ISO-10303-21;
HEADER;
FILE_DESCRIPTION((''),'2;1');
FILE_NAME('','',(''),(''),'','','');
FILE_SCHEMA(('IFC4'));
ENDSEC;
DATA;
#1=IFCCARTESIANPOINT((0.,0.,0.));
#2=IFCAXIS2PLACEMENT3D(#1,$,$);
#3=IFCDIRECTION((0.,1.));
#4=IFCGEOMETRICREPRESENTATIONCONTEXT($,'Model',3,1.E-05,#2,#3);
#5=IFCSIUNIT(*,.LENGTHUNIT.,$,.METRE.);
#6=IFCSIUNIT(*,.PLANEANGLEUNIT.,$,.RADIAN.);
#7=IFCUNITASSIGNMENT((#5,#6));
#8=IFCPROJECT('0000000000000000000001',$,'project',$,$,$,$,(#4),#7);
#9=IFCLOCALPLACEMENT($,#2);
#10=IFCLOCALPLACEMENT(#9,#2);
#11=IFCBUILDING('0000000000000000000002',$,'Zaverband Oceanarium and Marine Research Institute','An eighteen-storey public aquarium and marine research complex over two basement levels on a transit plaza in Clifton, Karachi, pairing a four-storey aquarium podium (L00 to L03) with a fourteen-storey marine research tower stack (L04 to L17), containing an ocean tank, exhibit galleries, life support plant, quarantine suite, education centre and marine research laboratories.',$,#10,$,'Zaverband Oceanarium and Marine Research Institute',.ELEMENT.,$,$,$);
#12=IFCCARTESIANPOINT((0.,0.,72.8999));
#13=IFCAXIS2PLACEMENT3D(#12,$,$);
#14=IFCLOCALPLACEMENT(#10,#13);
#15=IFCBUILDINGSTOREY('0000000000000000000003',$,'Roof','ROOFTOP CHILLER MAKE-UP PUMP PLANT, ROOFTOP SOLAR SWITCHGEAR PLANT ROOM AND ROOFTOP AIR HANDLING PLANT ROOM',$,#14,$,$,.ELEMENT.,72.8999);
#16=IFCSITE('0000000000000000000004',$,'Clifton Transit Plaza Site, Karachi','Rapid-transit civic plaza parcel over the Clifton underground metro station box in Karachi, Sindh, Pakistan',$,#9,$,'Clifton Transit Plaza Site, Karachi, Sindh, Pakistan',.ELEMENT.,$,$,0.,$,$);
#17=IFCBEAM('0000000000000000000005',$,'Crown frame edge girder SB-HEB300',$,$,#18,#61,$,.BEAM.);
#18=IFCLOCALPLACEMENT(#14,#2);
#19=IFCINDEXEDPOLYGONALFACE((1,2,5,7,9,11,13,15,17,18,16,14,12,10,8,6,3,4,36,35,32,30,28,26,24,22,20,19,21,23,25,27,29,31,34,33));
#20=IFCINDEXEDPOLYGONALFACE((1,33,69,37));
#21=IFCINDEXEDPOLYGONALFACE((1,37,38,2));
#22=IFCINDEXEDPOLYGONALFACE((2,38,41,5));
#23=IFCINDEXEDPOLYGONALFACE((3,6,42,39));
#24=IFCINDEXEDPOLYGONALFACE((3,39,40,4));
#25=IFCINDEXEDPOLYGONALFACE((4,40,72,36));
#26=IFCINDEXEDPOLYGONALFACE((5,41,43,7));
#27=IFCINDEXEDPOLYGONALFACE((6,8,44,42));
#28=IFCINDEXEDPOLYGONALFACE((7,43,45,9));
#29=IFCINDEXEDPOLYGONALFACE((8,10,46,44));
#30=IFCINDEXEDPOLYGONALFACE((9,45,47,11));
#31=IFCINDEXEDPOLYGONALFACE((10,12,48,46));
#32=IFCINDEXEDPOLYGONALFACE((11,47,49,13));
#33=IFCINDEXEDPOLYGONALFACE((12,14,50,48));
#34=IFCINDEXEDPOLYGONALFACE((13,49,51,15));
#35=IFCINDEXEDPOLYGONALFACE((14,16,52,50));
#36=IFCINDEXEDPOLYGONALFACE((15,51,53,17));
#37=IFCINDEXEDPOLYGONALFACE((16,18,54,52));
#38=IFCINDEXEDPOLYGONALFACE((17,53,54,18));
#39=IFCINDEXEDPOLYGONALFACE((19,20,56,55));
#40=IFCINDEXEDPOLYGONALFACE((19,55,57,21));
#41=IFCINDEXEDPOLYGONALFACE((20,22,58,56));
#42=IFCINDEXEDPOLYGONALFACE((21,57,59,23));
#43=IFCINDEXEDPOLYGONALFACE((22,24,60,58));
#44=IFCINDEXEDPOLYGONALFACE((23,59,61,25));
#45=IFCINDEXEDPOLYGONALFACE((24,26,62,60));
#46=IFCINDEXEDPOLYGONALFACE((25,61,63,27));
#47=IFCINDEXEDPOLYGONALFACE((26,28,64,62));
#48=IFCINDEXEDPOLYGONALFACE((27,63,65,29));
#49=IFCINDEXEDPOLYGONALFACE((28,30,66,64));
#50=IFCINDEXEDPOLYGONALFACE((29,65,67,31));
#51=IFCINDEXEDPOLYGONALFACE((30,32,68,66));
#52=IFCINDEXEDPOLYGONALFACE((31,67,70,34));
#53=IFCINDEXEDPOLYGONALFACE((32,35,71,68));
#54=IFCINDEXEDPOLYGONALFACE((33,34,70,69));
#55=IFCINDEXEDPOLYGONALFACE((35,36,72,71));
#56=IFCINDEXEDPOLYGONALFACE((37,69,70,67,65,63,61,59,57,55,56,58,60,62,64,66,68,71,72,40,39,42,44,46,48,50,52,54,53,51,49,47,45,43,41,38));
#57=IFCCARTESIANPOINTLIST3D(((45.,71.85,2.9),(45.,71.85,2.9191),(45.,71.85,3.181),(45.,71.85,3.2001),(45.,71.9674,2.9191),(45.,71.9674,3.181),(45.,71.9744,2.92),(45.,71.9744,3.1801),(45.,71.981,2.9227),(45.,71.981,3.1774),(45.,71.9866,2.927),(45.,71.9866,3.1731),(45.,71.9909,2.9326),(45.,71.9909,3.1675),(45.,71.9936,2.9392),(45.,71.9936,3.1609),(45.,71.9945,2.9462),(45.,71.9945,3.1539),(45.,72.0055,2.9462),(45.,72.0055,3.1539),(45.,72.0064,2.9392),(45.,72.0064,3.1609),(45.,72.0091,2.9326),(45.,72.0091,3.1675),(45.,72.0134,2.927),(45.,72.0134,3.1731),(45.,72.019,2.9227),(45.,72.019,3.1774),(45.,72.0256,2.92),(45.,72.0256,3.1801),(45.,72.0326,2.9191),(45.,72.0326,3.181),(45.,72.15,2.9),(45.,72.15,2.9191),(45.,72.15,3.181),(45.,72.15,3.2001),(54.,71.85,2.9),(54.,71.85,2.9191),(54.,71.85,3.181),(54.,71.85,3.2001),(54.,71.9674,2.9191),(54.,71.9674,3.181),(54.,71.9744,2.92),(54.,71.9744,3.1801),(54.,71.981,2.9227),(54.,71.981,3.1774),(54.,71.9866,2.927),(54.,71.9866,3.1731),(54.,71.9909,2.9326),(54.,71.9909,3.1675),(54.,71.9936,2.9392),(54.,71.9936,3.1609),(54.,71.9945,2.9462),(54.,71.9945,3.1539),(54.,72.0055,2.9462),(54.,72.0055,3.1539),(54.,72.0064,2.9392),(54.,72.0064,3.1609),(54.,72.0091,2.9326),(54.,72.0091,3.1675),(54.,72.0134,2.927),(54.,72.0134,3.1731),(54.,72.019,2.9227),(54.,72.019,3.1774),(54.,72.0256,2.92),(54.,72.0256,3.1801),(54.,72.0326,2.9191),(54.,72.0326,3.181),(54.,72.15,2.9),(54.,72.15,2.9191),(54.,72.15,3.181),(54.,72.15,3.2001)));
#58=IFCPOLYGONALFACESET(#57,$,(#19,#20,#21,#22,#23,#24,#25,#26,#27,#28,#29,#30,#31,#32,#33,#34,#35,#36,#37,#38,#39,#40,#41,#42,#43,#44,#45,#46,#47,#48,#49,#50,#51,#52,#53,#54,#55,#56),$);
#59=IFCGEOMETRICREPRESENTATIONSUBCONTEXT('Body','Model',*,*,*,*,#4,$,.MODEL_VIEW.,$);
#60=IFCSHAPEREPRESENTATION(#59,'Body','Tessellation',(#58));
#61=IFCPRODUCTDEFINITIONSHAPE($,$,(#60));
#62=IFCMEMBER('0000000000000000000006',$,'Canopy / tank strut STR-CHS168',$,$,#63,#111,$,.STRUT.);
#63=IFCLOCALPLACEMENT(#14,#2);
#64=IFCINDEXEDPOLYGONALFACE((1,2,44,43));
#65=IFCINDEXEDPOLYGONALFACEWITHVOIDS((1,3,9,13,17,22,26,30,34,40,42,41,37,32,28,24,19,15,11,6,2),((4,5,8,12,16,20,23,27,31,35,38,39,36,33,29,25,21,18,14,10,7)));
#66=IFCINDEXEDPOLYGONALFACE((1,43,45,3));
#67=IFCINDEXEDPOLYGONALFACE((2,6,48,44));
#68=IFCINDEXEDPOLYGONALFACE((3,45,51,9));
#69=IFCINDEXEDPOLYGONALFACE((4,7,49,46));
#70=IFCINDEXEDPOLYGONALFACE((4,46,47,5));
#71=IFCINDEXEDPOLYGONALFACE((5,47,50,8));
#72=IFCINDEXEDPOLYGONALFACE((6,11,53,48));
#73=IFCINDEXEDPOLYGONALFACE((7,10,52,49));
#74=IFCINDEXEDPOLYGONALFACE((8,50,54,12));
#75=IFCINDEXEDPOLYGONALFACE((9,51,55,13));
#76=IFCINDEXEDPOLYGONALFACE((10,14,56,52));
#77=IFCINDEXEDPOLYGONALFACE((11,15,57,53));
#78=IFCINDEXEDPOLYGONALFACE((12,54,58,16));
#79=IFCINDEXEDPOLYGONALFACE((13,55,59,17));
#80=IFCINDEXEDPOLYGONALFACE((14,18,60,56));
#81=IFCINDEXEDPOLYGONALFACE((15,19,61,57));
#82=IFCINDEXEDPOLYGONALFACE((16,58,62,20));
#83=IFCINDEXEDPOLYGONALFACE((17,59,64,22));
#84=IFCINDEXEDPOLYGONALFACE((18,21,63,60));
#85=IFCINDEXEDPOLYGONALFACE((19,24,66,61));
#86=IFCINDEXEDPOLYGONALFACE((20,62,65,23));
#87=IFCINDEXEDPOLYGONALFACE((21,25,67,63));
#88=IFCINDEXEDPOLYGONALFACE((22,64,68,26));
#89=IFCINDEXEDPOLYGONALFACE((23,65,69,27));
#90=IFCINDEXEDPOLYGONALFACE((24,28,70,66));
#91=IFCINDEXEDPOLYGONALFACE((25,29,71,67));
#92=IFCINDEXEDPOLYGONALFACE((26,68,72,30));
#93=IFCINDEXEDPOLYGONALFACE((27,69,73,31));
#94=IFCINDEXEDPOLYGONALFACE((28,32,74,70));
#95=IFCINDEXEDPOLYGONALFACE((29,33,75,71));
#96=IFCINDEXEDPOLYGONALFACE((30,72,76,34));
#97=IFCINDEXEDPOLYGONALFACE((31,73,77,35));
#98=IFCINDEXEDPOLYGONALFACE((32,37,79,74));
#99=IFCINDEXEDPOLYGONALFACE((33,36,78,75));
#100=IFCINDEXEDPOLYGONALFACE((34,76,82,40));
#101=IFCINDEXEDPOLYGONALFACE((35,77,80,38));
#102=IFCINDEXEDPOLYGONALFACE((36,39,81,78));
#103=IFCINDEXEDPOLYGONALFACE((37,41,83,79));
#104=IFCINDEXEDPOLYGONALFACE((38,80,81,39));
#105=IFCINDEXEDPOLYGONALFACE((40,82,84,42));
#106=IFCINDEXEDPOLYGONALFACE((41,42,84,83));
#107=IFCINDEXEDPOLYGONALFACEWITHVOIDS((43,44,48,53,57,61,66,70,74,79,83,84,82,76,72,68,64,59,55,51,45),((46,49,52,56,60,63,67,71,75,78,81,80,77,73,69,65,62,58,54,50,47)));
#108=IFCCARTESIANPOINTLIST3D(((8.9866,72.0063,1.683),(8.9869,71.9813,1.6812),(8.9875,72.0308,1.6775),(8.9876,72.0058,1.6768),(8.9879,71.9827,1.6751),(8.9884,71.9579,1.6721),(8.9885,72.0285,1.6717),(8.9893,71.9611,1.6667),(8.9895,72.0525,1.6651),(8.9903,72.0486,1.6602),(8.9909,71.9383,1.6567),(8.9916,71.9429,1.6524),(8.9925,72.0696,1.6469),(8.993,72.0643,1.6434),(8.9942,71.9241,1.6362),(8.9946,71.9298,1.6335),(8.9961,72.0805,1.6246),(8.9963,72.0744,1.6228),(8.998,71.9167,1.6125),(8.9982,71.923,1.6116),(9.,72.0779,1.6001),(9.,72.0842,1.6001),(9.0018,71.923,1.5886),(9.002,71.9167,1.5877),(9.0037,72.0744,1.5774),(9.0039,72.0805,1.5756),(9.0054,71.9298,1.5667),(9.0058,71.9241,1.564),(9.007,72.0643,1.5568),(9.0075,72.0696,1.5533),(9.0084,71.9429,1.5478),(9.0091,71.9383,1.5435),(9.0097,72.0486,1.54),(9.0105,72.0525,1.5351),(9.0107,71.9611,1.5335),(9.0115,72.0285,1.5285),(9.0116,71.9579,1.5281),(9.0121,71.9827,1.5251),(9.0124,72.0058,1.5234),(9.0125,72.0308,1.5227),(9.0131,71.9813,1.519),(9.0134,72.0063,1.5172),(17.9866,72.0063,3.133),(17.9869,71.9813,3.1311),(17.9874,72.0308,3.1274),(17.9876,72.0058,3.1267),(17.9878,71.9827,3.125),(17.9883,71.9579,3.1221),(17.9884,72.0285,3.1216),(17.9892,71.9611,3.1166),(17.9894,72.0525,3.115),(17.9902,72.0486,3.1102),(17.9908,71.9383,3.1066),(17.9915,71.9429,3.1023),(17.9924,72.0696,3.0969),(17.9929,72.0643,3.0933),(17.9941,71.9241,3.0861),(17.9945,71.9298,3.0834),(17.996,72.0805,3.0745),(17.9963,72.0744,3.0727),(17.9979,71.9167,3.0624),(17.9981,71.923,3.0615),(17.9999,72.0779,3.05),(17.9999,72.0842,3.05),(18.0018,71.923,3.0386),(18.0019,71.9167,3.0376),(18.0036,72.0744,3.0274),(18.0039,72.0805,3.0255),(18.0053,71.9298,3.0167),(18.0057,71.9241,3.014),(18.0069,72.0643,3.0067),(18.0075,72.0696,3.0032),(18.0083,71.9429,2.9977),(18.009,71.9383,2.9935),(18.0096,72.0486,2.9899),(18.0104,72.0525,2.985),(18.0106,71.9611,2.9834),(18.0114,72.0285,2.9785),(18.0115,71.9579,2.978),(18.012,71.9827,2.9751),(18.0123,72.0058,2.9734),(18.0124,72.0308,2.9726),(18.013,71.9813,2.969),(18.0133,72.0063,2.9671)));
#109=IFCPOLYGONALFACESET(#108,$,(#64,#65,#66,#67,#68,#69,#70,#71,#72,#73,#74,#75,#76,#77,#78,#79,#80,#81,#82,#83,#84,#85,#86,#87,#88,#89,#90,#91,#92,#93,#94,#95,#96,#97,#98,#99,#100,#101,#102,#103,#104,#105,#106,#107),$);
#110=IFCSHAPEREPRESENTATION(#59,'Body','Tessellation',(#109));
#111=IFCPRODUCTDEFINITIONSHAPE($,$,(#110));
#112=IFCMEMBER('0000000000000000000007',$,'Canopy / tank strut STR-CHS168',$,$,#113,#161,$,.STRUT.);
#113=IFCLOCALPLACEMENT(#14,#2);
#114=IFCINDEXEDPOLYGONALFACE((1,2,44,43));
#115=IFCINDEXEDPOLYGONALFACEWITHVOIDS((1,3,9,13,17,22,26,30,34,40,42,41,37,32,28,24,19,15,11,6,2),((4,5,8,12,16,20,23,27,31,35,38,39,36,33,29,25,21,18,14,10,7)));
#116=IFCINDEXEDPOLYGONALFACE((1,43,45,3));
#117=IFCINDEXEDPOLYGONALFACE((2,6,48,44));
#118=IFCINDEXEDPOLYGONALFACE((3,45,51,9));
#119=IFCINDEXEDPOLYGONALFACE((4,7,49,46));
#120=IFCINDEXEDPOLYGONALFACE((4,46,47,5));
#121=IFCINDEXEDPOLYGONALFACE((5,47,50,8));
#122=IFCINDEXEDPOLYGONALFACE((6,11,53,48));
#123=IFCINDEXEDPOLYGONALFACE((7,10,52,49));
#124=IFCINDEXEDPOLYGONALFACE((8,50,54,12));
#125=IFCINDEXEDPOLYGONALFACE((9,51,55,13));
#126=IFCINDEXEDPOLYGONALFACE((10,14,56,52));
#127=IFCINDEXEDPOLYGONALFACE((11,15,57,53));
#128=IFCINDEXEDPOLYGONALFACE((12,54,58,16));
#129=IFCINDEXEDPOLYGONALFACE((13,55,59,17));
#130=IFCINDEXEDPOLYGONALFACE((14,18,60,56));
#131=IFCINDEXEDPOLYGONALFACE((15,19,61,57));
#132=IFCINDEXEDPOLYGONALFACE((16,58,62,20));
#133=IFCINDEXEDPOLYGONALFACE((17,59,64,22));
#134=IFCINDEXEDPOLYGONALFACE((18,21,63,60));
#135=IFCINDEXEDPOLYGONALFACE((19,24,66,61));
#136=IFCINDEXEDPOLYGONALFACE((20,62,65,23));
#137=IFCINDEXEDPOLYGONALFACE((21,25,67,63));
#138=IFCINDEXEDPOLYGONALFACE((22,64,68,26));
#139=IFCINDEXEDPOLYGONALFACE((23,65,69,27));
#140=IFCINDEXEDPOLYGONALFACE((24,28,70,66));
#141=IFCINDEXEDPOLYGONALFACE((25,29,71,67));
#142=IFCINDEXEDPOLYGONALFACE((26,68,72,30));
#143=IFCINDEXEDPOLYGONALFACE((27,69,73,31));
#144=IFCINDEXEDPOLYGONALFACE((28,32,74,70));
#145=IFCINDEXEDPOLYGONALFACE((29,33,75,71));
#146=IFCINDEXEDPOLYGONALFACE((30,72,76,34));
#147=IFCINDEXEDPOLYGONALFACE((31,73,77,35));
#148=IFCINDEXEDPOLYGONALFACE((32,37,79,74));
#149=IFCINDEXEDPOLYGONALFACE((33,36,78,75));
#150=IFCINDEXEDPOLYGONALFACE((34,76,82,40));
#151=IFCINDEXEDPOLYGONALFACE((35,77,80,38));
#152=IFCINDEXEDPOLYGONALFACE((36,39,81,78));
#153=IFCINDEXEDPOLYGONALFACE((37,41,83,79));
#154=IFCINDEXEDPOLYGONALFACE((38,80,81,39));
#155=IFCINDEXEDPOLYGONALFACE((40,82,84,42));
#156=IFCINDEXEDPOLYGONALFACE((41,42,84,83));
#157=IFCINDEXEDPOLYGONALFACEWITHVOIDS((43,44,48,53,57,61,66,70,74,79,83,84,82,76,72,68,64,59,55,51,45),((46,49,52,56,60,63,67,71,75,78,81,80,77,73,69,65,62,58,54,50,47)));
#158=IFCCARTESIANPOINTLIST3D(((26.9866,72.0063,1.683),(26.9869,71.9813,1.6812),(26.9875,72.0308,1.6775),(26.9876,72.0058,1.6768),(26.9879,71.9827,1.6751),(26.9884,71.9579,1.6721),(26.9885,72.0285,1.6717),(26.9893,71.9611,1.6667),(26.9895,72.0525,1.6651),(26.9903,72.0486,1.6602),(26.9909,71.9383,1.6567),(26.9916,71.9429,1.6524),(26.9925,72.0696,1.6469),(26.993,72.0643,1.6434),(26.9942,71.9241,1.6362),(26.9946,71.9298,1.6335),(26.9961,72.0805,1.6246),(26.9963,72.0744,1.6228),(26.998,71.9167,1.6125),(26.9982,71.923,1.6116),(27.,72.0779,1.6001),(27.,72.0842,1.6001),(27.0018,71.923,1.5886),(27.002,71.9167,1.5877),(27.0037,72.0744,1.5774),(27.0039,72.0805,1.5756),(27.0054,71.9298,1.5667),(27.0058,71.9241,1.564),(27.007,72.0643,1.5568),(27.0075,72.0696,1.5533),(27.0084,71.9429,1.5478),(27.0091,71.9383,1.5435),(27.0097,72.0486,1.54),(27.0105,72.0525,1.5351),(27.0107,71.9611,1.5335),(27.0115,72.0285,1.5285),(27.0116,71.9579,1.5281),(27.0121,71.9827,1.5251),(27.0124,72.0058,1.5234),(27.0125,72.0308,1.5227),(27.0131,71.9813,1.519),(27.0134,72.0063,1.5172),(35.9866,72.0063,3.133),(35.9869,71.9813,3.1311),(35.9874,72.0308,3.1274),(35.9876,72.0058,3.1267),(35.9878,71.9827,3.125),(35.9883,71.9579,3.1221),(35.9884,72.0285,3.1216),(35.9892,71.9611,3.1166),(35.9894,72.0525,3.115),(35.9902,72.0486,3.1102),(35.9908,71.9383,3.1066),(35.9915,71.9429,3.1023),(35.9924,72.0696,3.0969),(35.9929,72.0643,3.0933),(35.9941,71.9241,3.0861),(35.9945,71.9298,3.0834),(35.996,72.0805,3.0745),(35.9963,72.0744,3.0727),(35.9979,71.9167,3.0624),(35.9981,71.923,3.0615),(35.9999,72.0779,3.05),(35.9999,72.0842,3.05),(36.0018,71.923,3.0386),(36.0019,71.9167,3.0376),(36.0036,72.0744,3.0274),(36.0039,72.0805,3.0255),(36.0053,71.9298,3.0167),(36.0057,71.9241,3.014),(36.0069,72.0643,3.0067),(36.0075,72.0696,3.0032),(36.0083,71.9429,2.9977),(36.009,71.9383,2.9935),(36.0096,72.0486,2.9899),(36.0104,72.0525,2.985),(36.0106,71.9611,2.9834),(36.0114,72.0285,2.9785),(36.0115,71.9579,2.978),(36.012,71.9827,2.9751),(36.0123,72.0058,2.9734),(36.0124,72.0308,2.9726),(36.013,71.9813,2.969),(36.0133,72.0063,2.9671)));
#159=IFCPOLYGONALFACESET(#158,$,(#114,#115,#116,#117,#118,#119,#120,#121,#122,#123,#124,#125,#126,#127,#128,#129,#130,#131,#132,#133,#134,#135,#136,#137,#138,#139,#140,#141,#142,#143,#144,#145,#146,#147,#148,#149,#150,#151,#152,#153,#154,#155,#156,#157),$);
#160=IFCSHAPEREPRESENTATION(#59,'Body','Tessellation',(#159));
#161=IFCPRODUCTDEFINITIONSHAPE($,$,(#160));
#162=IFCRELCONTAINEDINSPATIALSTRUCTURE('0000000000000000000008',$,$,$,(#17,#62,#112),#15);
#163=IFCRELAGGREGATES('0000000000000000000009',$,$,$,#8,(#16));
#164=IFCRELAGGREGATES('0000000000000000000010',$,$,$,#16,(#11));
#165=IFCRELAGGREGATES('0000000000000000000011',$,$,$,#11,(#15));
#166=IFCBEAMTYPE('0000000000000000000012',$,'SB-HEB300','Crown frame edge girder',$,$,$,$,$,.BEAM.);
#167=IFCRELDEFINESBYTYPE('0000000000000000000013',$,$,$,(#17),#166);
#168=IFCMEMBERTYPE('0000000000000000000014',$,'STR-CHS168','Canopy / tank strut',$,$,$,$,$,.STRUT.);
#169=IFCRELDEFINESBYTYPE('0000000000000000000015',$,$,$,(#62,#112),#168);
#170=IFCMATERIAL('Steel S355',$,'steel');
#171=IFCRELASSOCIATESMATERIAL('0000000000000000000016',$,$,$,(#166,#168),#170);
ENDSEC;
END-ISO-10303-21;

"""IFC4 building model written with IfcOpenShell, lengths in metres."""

from ifc_helpers import new_model, si_unit, direction, frame, origin, origin_2d, place, context, subcontext, project, spatial, hollow_circle, i_section, extrude, material, material_profile, profile_set, type_object, element, save


model = new_model("IFC4")

# Units and contexts
model_context = context("Model", 3, precision=1e-05, world=origin(), true_north=direction((0.0, 1.0)))
body_context = subcontext(model_context, "Body", "Model", "MODEL_VIEW")
ifc_project = project(units=[si_unit("LENGTHUNIT", "METRE"), si_unit("PLANEANGLEUNIT", "RADIAN")], contexts=[model_context])

# Site, building, storey
site_placement = place(None, origin())
site = spatial("IfcSite", under=ifc_project, at=site_placement, Name="Clifton Transit Plaza Site, Karachi", Description="Rapid-transit civic plaza parcel over the Clifton underground metro station box in Karachi, Sindh, Pakistan", LongName="Clifton Transit Plaza Site, Karachi, Sindh, Pakistan", CompositionType="ELEMENT", RefElevation=0.0)
building_placement = place(site_placement, origin())
building = spatial("IfcBuilding", under=site, at=building_placement, Name="Zaverband Oceanarium and Marine Research Institute", Description="An eighteen-storey public aquarium and marine research complex over two basement levels on a transit plaza in Clifton, Karachi, pairing a four-storey aquarium podium (L00 to L03) with a fourteen-storey marine research tower stack (L04 to L17), containing an ocean tank, exhibit galleries, life support plant, quarantine suite, education centre and marine research laboratories.", LongName="Zaverband Oceanarium and Marine Research Institute", CompositionType="ELEMENT")
storey_placement = place(building_placement, frame((0.0, 0.0, 72.8999)))
storey = spatial("IfcBuildingStorey", under=building, at=storey_placement, Name="Roof", Description="ROOFTOP CHILLER MAKE-UP PUMP PLANT, ROOFTOP SOLAR SWITCHGEAR PLANT ROOM AND ROOFTOP AIR HANDLING PLANT ROOM", CompositionType="ELEMENT", Elevation=72.8999)

# Shared definitions
ifc_material_1 = material(Name="Steel S355", Category="steel")

# Beam
ifc_material_profile_1 = material_profile(ifc_material_1, i_section(OverallWidth=0.3, OverallDepth=0.3, WebThickness=0.011, FlangeThickness=0.019, FilletRadius=0.0271, at=origin_2d()), Name="HEB300")
ifc_profile_set_1 = profile_set([ifc_material_profile_1], Name="Steel S355")
beam_type = type_object("IfcBeamType", Name="SB-HEB300", Description="Crown frame edge girder", PredefinedType="BEAM", material=ifc_profile_set_1)
for number, where, z_axis, x_axis, name in (
    (1, (45.0, 72.0, 3.05), (1.0, 0.0, 0.0), (0.0, 1.0, 0.0), "Crown frame edge girder SB-HEB300"),
):
    element("IfcBeam", number, at=place(storey_placement, frame(where, z_axis=z_axis, x_axis=x_axis)), inside=storey, type_object=beam_type, Name=name, PredefinedType="BEAM", context=body_context, shape_type="SweptSolid", body=[
        extrude(i_section(OverallWidth=0.3, OverallDepth=0.3, WebThickness=0.011, FlangeThickness=0.019, FilletRadius=0.0271, at=origin_2d()), origin(), (0.0, 0.0, 1.0), 9.0),
    ])

# Members
ifc_material_profile_2 = material_profile(ifc_material_1, hollow_circle(Radius=0.0842, WallThickness=0.0063, at=origin_2d()), Name="CHS168x6.3")
ifc_profile_set_2 = profile_set([ifc_material_profile_2], Name="Steel S355")
member_type_1 = type_object("IfcMemberType", Name="STR-CHS168", Description="Canopy / tank strut", PredefinedType="STRUT", material=ifc_profile_set_2)
for number, where, z_axis, x_axis, name in (
    (2, (9.0, 72.0, 1.6001), (0.98727, 0.0, 0.159055), (0.0, 1.0, 0.0), "Canopy / tank strut STR-CHS168"),
    (3, (27.0, 72.0, 1.6001), (0.98727, 0.0, 0.159055), (0.0, 1.0, 0.0), "Canopy / tank strut STR-CHS168"),
):
    element("IfcMember", number, at=place(storey_placement, frame(where, z_axis=z_axis, x_axis=x_axis)), inside=storey, type_object=member_type_1, Name=name, PredefinedType="STRUT", context=body_context, shape_type="SweptSolid", body=[
        extrude(hollow_circle(Radius=0.0842, WallThickness=0.0063, at=origin_2d()), origin(), (0.0, 0.0, 1.0), 9.116),
    ])

save(model, "model.ifc")
